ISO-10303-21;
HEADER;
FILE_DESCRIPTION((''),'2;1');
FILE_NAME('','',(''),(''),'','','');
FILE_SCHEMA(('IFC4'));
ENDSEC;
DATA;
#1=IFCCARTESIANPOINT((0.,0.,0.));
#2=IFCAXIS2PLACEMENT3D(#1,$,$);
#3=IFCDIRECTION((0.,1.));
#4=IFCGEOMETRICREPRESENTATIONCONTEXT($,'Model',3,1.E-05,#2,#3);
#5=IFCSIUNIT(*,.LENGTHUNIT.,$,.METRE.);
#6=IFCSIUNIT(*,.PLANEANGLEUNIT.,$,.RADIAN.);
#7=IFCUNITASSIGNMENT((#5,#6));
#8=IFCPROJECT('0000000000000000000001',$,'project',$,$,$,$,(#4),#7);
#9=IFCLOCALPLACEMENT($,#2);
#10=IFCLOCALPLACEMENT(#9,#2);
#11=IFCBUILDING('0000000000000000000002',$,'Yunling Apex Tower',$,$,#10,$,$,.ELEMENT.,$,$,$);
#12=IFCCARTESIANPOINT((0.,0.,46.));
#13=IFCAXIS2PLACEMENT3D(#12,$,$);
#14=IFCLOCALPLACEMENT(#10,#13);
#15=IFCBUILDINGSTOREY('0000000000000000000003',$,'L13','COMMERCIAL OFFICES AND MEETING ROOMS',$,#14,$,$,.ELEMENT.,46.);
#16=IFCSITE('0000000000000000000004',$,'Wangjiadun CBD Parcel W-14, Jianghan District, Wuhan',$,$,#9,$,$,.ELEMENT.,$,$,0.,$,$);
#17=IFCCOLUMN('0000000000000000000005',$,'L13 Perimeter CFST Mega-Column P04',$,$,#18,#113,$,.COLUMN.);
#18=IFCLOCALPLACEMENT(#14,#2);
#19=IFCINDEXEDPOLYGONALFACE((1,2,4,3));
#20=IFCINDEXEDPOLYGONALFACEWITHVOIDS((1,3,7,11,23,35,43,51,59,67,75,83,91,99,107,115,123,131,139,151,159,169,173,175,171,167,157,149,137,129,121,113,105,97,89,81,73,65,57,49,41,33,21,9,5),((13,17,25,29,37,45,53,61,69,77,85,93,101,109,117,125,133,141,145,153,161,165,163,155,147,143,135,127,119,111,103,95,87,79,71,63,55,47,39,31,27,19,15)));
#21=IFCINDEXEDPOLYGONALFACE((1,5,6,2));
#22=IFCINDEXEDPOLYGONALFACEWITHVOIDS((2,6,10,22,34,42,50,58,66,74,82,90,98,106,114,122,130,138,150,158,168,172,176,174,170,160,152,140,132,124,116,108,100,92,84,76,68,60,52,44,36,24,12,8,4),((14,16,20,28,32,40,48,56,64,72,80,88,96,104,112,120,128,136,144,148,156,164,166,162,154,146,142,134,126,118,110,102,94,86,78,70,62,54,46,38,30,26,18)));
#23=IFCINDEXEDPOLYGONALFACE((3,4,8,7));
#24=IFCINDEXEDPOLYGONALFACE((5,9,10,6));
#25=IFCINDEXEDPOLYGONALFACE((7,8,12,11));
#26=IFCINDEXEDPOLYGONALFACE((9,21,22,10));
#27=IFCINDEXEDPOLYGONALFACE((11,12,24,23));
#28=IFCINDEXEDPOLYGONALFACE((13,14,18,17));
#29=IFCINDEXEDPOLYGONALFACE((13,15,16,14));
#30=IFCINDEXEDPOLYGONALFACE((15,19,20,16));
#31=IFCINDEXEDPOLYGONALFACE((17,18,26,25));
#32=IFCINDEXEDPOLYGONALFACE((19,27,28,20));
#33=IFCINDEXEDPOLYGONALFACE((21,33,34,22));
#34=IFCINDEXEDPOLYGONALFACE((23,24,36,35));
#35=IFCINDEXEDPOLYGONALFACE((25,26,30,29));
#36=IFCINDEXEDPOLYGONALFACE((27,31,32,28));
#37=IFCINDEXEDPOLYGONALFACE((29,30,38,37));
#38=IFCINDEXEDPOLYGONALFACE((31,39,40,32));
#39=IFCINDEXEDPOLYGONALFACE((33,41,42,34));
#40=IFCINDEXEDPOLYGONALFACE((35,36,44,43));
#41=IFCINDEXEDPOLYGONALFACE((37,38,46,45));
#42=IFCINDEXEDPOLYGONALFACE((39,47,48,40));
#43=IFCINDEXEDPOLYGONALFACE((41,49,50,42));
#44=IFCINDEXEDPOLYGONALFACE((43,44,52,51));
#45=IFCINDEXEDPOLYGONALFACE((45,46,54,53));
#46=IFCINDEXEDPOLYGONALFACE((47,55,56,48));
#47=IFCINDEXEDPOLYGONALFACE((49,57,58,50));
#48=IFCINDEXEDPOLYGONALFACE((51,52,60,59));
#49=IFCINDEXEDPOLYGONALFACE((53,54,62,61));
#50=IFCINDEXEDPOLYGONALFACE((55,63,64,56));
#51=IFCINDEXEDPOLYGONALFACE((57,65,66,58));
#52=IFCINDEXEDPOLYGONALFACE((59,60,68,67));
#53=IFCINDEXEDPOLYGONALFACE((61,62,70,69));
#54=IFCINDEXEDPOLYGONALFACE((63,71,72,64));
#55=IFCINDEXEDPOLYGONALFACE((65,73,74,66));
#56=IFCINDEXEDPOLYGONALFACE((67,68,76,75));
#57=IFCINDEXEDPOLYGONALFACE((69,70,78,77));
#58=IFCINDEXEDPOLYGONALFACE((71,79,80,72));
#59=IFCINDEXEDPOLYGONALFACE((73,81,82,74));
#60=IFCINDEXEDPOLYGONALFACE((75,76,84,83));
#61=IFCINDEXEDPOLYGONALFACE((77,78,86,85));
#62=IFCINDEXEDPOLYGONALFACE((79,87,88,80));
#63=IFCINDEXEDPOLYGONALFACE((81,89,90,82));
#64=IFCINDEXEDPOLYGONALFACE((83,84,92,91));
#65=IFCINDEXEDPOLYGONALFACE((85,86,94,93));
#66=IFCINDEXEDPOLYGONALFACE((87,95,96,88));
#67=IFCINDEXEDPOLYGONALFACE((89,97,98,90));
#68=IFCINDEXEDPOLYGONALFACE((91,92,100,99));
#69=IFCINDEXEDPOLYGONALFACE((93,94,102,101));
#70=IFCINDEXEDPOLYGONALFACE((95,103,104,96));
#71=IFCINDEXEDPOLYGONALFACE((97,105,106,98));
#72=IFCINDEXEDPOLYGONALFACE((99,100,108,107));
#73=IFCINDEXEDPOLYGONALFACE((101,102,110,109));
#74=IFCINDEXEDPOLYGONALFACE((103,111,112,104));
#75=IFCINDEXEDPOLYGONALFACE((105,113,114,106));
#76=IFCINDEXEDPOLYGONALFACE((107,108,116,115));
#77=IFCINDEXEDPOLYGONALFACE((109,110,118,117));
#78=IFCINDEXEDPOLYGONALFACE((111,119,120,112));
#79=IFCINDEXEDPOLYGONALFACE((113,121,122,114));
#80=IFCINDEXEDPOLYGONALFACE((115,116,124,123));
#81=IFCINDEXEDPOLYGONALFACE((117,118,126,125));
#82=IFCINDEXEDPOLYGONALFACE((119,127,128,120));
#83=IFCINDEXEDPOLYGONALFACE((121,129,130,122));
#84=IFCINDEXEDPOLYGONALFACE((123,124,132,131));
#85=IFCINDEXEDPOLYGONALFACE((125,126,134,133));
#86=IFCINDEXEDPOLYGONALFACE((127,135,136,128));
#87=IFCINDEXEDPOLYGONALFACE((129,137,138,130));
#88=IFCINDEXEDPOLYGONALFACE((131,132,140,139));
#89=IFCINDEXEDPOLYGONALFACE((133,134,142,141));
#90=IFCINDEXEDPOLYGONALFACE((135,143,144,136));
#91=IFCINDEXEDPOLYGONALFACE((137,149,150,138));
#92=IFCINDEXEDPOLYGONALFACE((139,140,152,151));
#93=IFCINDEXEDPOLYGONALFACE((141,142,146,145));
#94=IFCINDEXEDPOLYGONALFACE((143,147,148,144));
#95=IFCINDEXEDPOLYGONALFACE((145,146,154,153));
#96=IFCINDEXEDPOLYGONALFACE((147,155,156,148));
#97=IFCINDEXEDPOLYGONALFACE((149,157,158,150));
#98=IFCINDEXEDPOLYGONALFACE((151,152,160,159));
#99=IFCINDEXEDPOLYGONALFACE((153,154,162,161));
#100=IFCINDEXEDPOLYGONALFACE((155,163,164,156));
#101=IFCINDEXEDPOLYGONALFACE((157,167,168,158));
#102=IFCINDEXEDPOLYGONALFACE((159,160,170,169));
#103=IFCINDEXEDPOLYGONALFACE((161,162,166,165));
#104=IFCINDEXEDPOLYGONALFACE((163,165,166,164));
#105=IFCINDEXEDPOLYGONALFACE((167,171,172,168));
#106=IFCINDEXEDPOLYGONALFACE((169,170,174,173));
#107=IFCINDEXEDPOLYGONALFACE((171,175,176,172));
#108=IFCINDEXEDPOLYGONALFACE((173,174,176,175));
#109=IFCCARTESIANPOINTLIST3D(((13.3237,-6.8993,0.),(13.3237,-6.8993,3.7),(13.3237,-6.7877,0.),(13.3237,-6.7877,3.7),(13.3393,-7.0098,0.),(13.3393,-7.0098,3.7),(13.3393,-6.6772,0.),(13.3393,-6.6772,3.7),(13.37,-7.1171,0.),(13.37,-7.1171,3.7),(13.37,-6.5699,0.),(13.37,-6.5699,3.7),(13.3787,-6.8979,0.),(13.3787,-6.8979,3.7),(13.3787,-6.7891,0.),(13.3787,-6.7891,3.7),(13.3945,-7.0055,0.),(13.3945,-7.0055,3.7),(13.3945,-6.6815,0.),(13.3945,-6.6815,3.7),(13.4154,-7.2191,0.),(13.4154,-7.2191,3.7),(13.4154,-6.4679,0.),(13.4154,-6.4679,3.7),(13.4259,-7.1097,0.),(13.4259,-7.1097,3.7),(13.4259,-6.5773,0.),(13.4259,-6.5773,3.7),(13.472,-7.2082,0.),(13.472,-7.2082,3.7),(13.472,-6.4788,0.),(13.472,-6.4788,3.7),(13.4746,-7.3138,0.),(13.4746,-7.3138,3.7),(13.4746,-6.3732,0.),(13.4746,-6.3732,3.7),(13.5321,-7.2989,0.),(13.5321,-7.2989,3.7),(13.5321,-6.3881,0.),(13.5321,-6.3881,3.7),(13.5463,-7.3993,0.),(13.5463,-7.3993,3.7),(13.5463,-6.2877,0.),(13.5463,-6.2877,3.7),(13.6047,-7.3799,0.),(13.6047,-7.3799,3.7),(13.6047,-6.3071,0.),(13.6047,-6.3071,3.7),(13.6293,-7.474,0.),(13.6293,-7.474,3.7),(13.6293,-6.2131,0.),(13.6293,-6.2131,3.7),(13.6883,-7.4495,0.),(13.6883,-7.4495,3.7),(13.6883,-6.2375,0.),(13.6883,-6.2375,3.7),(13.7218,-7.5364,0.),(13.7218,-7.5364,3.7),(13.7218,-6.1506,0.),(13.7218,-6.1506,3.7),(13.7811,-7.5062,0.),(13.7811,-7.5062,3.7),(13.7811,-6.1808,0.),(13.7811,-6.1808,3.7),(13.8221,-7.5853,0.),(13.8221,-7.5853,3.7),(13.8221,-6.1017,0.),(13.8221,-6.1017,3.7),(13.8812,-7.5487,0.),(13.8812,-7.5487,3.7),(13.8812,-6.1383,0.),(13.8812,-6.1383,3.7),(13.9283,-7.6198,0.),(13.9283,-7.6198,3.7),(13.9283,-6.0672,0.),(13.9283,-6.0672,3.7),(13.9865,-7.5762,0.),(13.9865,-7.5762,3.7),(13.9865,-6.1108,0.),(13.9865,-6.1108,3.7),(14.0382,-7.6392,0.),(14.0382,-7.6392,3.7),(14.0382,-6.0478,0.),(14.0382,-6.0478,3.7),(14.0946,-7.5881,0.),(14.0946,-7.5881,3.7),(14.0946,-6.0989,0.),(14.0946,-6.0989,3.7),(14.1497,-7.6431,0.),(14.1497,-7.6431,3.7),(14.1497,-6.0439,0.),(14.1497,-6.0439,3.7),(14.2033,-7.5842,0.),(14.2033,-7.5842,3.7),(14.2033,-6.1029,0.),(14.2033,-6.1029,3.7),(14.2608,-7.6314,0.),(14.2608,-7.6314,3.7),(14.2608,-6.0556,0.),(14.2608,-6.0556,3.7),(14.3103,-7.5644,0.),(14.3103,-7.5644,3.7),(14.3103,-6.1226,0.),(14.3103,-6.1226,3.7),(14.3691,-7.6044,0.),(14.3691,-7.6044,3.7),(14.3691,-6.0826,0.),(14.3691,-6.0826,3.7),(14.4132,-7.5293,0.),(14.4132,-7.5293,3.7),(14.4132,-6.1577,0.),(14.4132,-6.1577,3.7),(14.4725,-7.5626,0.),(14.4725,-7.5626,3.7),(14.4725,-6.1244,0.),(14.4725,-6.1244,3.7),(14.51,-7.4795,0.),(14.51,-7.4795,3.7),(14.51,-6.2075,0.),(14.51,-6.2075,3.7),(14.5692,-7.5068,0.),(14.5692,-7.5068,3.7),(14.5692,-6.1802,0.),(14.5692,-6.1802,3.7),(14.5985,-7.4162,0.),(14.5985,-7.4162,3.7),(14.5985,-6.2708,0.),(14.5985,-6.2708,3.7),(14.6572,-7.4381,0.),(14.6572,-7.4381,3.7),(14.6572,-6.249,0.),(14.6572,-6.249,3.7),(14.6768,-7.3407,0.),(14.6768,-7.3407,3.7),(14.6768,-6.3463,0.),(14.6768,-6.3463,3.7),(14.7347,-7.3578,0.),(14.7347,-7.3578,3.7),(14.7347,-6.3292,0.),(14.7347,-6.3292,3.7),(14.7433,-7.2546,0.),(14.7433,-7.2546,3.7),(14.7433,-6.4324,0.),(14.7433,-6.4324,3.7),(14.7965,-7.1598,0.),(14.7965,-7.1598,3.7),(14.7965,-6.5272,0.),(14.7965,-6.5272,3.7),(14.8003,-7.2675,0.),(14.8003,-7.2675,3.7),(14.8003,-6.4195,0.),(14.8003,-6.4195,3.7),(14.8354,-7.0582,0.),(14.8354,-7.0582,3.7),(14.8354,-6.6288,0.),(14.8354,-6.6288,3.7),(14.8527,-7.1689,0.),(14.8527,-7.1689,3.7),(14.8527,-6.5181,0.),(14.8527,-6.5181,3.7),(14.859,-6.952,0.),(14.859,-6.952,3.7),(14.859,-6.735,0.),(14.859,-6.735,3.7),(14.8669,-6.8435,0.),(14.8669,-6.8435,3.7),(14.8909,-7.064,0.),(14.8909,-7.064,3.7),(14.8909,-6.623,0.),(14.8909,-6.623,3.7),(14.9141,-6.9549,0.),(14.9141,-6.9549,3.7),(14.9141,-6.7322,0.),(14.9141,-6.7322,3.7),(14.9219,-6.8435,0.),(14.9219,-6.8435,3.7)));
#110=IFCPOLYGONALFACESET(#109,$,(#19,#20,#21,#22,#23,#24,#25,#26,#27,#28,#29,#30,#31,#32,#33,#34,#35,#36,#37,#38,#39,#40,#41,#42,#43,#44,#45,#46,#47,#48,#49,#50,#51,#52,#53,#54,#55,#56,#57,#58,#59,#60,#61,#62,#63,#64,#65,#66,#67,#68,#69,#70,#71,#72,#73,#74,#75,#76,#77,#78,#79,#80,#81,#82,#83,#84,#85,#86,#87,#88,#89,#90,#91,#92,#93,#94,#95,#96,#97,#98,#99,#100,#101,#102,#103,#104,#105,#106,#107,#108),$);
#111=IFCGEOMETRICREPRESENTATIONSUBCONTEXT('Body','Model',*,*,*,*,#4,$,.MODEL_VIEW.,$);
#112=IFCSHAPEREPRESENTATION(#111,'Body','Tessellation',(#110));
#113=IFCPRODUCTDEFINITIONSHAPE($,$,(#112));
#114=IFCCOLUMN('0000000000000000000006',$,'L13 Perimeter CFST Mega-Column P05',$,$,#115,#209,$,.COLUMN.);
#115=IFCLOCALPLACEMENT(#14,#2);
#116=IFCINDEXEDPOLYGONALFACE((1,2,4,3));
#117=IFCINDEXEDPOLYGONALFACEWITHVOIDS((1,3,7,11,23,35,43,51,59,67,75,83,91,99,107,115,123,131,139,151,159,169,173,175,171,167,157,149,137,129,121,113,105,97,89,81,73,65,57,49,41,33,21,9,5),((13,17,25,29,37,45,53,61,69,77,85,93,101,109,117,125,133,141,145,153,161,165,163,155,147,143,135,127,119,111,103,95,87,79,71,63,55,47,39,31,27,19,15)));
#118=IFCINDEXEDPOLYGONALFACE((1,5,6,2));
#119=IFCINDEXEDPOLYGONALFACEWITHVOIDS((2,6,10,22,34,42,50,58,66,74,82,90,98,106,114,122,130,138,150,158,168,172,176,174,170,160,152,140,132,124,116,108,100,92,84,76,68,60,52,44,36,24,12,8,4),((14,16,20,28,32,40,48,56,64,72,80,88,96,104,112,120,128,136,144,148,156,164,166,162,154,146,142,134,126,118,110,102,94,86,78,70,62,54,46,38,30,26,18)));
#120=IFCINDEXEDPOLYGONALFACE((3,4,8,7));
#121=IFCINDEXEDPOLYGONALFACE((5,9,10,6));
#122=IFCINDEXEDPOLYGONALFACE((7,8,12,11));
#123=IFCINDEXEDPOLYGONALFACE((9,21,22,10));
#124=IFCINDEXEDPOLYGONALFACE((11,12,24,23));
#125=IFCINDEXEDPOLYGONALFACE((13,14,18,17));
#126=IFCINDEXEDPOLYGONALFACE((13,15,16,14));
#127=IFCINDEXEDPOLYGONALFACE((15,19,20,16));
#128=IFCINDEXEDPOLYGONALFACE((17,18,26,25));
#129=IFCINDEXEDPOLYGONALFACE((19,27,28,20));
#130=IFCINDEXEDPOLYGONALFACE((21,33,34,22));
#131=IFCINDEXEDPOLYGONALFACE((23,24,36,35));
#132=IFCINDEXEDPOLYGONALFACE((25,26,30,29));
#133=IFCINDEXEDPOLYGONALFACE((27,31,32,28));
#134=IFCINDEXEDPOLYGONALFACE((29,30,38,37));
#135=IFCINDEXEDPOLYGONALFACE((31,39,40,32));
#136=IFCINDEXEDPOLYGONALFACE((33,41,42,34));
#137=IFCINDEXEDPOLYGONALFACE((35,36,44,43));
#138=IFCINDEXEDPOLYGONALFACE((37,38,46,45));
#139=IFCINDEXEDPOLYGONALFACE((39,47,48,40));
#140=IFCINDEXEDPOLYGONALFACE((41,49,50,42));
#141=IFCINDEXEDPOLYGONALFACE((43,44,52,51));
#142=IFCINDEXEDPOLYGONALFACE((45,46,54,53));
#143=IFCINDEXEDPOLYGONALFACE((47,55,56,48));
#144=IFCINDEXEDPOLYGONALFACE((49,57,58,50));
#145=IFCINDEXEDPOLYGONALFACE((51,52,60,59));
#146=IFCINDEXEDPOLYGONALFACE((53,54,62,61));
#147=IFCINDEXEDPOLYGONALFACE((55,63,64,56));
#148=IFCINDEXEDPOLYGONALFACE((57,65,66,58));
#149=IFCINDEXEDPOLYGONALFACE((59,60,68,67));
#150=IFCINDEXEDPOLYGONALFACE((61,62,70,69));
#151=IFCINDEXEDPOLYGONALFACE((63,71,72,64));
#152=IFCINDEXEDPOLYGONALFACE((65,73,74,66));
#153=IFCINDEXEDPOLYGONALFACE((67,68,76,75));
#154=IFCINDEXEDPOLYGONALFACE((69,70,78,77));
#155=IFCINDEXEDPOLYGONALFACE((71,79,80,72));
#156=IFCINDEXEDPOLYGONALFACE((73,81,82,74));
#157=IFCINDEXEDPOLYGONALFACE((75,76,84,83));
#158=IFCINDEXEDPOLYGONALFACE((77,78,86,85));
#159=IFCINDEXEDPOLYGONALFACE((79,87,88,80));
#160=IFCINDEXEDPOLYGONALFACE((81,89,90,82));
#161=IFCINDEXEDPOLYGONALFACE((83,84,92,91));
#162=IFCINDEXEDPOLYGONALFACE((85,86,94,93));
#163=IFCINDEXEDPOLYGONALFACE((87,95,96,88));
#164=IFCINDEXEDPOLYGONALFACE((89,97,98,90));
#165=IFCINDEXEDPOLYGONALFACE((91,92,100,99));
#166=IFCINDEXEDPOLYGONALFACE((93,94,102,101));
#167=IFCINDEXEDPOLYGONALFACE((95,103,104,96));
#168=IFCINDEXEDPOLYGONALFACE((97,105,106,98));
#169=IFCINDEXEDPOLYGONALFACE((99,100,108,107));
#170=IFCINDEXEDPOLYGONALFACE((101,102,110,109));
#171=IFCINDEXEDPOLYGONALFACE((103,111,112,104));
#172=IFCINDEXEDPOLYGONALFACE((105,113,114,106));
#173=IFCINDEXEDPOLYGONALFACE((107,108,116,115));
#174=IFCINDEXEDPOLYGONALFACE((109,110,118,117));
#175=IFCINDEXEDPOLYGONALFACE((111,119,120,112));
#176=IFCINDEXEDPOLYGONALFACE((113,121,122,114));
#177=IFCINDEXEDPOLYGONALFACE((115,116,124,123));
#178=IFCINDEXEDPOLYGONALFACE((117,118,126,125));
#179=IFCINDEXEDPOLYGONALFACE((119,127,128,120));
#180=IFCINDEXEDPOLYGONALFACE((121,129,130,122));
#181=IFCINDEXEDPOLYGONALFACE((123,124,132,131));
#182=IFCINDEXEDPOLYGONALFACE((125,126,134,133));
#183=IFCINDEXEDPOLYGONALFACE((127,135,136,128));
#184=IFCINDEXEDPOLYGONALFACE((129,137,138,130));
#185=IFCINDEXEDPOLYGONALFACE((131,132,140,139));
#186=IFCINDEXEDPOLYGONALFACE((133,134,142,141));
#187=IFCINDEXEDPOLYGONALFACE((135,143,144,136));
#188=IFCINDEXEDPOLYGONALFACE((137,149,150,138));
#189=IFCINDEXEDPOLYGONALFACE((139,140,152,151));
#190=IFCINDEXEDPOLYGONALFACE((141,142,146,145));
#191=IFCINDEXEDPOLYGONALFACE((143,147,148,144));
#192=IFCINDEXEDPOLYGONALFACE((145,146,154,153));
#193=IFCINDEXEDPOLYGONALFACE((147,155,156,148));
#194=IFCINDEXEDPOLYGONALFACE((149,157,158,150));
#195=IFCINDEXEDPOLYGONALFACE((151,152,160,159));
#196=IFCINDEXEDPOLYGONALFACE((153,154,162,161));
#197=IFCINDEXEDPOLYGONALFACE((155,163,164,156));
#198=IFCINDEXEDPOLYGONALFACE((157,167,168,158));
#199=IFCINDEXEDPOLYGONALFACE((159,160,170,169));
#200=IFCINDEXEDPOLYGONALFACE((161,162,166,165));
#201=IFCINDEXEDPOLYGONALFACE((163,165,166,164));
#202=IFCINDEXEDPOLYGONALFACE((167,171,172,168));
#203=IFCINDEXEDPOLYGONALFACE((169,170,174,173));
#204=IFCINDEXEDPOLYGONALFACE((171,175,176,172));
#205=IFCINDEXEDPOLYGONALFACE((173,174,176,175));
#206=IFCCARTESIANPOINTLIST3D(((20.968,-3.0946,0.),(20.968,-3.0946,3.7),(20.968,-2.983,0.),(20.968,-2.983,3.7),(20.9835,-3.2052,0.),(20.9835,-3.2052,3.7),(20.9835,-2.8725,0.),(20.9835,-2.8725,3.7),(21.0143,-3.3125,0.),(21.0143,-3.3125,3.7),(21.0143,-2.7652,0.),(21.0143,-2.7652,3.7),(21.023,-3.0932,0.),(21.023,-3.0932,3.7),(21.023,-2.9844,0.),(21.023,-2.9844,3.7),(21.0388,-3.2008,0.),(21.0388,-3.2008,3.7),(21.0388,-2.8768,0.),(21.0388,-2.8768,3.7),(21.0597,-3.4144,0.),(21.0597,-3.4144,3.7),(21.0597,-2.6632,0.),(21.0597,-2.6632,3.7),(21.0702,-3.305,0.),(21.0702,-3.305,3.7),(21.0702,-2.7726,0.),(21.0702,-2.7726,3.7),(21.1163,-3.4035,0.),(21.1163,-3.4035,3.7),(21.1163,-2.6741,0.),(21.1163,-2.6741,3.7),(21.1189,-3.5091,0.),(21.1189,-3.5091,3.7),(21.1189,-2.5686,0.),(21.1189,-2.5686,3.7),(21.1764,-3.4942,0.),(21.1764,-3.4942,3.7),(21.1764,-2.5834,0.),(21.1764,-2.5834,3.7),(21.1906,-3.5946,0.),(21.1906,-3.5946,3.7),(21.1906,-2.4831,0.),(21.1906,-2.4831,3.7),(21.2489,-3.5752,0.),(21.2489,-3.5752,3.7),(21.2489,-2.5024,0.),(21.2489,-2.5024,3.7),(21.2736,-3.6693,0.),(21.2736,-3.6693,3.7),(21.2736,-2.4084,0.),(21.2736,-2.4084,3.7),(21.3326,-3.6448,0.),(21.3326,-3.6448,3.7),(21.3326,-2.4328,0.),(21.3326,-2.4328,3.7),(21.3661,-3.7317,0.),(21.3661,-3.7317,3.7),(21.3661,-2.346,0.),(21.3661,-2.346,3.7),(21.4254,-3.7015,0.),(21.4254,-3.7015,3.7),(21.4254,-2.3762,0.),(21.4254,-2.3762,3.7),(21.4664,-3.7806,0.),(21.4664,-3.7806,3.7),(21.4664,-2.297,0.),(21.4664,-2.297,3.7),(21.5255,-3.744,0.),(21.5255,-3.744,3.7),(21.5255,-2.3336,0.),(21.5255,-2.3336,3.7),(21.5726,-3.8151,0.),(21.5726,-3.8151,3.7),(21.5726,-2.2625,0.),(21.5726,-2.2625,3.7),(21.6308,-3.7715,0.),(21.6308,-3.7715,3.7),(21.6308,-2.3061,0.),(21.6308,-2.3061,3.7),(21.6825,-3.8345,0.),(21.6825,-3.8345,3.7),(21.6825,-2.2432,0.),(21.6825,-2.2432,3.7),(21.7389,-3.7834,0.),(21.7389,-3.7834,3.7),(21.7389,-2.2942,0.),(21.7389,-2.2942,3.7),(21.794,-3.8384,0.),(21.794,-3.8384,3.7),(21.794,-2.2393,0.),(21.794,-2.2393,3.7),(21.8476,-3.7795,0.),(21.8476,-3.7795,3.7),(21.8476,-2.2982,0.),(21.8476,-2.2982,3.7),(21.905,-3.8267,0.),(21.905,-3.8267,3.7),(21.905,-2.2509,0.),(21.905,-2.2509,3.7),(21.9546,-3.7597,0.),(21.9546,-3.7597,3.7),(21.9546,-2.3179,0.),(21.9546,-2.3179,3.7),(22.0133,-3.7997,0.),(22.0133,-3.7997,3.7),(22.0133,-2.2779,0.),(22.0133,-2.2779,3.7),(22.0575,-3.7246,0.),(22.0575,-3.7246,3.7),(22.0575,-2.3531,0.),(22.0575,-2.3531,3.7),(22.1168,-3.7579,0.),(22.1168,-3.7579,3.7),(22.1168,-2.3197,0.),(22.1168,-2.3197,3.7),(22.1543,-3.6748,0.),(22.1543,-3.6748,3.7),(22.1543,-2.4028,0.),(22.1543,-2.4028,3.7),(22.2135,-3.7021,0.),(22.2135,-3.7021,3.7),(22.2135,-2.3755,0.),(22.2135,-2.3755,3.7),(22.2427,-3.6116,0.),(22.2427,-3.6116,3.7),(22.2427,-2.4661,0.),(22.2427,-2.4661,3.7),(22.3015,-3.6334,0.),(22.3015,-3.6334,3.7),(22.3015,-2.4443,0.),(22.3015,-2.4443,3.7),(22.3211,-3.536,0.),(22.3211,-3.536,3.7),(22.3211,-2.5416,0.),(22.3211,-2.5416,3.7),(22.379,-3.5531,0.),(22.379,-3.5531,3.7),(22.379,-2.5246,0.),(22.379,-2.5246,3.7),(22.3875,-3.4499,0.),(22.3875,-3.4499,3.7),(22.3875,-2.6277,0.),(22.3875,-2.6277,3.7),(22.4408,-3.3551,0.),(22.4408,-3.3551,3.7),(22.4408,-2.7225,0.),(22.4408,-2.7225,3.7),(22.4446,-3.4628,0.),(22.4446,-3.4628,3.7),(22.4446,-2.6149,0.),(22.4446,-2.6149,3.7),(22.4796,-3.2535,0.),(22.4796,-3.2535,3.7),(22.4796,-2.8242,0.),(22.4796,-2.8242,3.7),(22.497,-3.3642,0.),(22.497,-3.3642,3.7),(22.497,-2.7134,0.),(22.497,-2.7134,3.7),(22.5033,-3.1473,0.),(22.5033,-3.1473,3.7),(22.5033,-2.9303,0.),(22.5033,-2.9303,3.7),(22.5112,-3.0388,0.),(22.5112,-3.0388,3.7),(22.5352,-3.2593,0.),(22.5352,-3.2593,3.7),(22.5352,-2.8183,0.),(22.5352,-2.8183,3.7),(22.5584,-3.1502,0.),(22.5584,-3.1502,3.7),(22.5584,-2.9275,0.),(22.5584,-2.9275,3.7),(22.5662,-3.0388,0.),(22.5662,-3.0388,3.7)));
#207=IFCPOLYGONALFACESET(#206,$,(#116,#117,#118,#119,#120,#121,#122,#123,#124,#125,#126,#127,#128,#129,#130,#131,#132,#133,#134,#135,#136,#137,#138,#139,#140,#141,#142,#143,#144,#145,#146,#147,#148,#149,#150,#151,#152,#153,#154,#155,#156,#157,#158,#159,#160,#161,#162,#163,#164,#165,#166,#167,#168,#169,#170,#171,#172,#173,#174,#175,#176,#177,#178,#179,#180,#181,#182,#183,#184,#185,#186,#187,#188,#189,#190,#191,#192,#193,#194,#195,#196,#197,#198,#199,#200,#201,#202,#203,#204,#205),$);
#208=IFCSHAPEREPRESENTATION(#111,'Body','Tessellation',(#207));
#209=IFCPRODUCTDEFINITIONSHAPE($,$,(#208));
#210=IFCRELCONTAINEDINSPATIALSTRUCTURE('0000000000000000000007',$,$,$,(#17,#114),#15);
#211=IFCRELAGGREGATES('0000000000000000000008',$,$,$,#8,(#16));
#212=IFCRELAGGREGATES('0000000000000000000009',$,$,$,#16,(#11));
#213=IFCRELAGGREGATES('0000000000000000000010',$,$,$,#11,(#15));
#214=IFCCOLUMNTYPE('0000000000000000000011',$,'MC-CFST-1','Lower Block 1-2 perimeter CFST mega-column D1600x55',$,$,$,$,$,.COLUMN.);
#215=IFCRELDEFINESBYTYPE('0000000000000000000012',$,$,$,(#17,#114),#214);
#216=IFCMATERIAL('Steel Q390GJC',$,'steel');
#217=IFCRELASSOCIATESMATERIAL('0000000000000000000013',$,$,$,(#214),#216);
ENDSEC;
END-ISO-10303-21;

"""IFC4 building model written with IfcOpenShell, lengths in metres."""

from ifc_helpers import new_model, si_unit, direction, frame, origin, origin_2d, place, context, subcontext, project, spatial, hollow_circle, extrude, source, transform, mapped, material, material_profile, profile_set, type_object, element, save


model = new_model("IFC4")

# Units and contexts
model_context = context("Model", 3, precision=1e-05, world=origin(), true_north=direction((0.0, 1.0)))
body_context = subcontext(model_context, "Body", "Model", "MODEL_VIEW")
ifc_project = project(units=[si_unit("LENGTHUNIT", "METRE"), si_unit("PLANEANGLEUNIT", "RADIAN")], contexts=[model_context])

# Site, building, storey
site_placement = place(None, origin())
site = spatial("IfcSite", under=ifc_project, at=site_placement, Name="Wangjiadun CBD Parcel W-14, Jianghan District, Wuhan", CompositionType="ELEMENT", RefElevation=0.0)
building_placement = place(site_placement, origin())
building = spatial("IfcBuilding", under=site, at=building_placement, Name="Yunling Apex Tower", CompositionType="ELEMENT")
storey_placement = place(building_placement, frame((0.0, 0.0, 46.0)))
storey = spatial("IfcBuildingStorey", under=building, at=storey_placement, Name="L13", Description="COMMERCIAL OFFICES AND MEETING ROOMS", CompositionType="ELEMENT", Elevation=46.0)

# Columns
ifc_material_1 = material(Name="Steel Q390GJC", Category="steel")
ifc_material_profile_1 = material_profile(ifc_material_1, hollow_circle(Radius=0.8, WallThickness=0.0549, at=origin_2d()))
ifc_profile_set_1 = profile_set([ifc_material_profile_1], Name="Steel Q390GJC")
column_type = type_object("IfcColumnType", Name="MC-CFST-1", Description="Lower Block 1-2 perimeter CFST mega-column D1600x55", PredefinedType="COLUMN", material=ifc_profile_set_1)
shared_shape_1 = source(origin(), body_context, "Body", "SweptSolid", [
    extrude(hollow_circle(Radius=0.8, WallThickness=0.0549, at=origin_2d()), origin(), (0.0, 0.0, 1.0), 3.7),
])
for number, where, z_axis, x_axis, name in (
    (1, (14.1218, -6.8435, 0.0), (0.0, 0.0, 1.0), (1.0, 0.0, 0.0), "L13 Perimeter CFST Mega-Column P04"),
    (2, (21.7661, -3.0388, 0.0), (0.0, 0.0, 1.0), (1.0, 0.0, 0.0), "L13 Perimeter CFST Mega-Column P05"),
):
    element("IfcColumn", number, at=place(storey_placement, frame(where, z_axis=z_axis, x_axis=x_axis)), inside=storey, type_object=column_type, Name=name, PredefinedType="COLUMN", context=body_context, shape_type="MappedRepresentation", body=[
        mapped(shared_shape_1, transform((0.0, 0.0, 0.0), scale=1.0)),
    ])

save(model, "model.ifc")
